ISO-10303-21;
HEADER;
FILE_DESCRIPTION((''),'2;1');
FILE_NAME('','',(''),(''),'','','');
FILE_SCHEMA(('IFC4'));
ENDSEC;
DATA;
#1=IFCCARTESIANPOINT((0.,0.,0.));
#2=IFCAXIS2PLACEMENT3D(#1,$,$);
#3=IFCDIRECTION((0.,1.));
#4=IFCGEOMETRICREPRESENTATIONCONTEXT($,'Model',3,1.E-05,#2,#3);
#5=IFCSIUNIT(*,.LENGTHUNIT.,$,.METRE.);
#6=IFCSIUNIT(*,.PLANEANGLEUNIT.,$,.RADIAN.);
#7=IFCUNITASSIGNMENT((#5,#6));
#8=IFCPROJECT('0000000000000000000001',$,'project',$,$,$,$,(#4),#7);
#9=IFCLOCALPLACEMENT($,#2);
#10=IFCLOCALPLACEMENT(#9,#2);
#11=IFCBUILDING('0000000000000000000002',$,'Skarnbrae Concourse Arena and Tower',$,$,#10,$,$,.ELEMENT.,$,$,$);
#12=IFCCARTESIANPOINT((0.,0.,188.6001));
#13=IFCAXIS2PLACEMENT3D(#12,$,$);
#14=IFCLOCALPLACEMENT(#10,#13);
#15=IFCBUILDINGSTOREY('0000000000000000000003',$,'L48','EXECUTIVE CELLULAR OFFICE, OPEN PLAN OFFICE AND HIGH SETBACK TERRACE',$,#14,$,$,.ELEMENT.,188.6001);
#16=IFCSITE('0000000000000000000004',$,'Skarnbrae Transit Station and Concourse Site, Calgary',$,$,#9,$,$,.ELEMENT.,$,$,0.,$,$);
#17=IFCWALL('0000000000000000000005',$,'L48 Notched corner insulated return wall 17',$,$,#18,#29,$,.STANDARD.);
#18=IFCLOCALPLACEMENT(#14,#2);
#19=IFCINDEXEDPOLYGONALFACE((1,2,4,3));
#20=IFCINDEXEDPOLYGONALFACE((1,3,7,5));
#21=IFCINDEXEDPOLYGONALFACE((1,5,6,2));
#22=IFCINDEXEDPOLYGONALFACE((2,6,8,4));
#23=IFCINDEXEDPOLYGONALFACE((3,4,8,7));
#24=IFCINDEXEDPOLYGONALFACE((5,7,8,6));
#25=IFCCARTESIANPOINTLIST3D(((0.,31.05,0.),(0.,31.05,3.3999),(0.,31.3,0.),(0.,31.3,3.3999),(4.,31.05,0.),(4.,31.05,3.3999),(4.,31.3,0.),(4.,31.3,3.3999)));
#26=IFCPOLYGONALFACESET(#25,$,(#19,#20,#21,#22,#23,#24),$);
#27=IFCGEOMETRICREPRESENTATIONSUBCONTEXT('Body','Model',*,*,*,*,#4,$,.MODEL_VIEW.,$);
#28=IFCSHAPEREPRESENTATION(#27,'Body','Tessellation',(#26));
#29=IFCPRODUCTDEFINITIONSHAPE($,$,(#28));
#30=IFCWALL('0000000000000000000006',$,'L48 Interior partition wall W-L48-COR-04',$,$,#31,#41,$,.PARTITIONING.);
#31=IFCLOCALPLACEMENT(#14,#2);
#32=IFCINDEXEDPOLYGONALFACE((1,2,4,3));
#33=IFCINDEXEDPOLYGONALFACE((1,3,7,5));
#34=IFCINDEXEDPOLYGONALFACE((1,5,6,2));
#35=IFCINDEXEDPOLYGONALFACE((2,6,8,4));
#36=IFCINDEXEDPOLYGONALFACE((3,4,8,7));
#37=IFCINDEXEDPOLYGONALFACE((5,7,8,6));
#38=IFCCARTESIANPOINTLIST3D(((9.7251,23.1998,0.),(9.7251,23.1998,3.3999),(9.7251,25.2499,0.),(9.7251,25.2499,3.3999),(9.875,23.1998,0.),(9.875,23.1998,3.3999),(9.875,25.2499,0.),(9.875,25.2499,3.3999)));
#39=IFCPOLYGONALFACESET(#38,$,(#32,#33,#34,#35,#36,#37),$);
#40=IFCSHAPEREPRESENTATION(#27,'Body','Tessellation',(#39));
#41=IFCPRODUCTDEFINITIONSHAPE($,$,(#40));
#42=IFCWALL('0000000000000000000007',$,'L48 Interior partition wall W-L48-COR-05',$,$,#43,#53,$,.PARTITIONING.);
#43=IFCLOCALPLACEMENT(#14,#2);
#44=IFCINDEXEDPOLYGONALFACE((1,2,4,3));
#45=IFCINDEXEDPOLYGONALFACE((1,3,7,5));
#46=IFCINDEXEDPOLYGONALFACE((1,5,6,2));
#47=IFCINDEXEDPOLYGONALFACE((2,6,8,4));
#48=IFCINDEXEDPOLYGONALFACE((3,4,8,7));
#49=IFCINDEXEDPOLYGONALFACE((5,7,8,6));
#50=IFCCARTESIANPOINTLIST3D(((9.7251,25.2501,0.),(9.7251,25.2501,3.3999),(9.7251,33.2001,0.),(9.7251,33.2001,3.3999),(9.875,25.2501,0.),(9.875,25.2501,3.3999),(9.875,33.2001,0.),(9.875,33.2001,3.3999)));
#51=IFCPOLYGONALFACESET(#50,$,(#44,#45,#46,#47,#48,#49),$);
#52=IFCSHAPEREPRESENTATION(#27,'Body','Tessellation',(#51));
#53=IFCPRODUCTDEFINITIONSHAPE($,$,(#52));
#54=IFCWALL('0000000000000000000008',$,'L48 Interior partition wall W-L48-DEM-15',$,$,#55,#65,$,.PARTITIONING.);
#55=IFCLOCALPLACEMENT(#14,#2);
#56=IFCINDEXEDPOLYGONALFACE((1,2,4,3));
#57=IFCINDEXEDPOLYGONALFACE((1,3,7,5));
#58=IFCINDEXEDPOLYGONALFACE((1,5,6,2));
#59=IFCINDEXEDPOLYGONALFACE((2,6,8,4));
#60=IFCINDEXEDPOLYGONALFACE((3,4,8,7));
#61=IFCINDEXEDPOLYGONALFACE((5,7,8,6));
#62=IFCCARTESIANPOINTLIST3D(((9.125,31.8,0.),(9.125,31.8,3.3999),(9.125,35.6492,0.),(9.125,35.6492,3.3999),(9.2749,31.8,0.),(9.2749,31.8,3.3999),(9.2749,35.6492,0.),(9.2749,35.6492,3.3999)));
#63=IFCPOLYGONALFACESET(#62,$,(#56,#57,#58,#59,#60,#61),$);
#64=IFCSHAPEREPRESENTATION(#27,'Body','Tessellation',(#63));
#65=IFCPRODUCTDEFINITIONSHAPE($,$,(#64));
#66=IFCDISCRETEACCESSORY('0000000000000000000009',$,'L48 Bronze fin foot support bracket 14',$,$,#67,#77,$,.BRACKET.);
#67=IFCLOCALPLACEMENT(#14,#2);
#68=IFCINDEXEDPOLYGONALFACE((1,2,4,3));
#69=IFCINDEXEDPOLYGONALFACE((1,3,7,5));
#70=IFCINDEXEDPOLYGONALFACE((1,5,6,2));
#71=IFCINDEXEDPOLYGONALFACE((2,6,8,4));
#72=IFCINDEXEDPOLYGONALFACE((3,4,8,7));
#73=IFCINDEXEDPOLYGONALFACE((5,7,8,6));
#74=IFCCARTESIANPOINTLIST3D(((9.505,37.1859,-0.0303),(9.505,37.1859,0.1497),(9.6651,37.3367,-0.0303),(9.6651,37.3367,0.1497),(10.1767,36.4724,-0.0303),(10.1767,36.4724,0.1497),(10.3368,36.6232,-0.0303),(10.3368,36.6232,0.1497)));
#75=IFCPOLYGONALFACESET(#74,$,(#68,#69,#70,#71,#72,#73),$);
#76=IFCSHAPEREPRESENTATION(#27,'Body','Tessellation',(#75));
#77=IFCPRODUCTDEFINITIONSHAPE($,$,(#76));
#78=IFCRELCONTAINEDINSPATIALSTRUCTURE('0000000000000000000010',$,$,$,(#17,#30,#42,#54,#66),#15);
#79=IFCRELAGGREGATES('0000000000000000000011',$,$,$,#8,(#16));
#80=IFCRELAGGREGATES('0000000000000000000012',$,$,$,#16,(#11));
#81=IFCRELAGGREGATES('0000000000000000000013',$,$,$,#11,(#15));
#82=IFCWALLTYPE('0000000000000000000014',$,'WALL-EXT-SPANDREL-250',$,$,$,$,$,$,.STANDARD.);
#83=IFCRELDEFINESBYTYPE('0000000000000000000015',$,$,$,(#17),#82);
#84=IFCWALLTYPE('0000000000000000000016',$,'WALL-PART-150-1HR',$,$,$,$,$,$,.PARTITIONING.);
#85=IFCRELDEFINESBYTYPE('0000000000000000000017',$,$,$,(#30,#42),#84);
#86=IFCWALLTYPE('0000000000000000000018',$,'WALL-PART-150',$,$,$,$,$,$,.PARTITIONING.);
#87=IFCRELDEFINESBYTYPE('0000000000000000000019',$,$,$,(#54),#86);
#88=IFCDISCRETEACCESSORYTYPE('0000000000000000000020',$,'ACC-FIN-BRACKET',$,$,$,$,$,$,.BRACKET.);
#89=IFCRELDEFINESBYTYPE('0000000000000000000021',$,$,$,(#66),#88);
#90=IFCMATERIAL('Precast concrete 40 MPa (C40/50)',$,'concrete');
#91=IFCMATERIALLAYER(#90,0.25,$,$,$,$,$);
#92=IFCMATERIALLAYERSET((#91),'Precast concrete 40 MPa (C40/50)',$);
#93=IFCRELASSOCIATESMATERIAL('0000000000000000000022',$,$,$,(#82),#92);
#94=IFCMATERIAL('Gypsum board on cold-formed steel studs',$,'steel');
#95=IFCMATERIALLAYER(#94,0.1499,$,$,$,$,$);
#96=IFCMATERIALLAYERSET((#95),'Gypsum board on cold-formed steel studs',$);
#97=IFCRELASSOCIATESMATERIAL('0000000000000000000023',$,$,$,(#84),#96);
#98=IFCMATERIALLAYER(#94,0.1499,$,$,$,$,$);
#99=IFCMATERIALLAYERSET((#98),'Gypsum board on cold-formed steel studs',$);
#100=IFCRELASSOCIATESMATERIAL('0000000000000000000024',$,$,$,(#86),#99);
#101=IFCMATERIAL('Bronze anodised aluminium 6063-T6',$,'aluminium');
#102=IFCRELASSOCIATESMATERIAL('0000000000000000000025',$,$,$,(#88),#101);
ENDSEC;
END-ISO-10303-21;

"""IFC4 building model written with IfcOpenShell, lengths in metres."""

from ifc_helpers import new_model, si_unit, direction, frame, frame_2d, origin, origin_2d, place, context, subcontext, project, spatial, rectangle, extrude, source, transform, mapped, material, layer, layer_set, type_object, element, save


model = new_model("IFC4")

# Units and contexts
model_context = context("Model", 3, precision=1e-05, world=origin(), true_north=direction((0.0, 1.0)))
body_context = subcontext(model_context, "Body", "Model", "MODEL_VIEW")
ifc_project = project(units=[si_unit("LENGTHUNIT", "METRE"), si_unit("PLANEANGLEUNIT", "RADIAN")], contexts=[model_context])

# Site, building, storey
site_placement = place(None, origin())
site = spatial("IfcSite", under=ifc_project, at=site_placement, Name="Skarnbrae Transit Station and Concourse Site, Calgary", CompositionType="ELEMENT", RefElevation=0.0)
building_placement = place(site_placement, origin())
building = spatial("IfcBuilding", under=site, at=building_placement, Name="Skarnbrae Concourse Arena and Tower", CompositionType="ELEMENT")
storey_placement = place(building_placement, frame((0.0, 0.0, 188.6001)))
storey = spatial("IfcBuildingStorey", under=building, at=storey_placement, Name="L48", Description="EXECUTIVE CELLULAR OFFICE, OPEN PLAN OFFICE AND HIGH SETBACK TERRACE", CompositionType="ELEMENT", Elevation=188.6001)

# Shared definitions
ifc_material_1 = material(Name="Bronze anodised aluminium 6063-T6", Category="aluminium")

# Walls
ifc_material_2 = material(Name="Precast concrete 40 MPa (C40/50)", Category="concrete")
ifc_layer_1 = layer(ifc_material_2, 0.25)
ifc_layer_set_1 = layer_set([ifc_layer_1], Name="Precast concrete 40 MPa (C40/50)")
wall_type_1 = type_object("IfcWallType", Name="WALL-EXT-SPANDREL-250", PredefinedType="STANDARD", material=ifc_layer_set_1)
shared_shape_1 = source(origin(), body_context, "Body", "SweptSolid", [
    extrude(rectangle(XDim=4.0, YDim=0.25, at=frame_2d((2.0, 0.0))), origin(), (0.0, 0.0, 1.0), 3.3999),
])
for number, where, z_axis, x_axis, name in (
    (1, (4.0, 31.175, 0.0), (0.0, 0.0, 1.0), (-1.0, 0.0, 0.0), "L48 Notched corner insulated return wall 17"),
):
    element("IfcWall", number, at=place(storey_placement, frame(where, z_axis=z_axis, x_axis=x_axis)), inside=storey, type_object=wall_type_1, Name=name, PredefinedType="STANDARD", context=body_context, shape_type="MappedRepresentation", body=[
        mapped(shared_shape_1, transform((0.0, 0.0, 0.0))),
    ])
ifc_material_3 = material(Name="Gypsum board on cold-formed steel studs", Category="steel")
ifc_layer_2 = layer(ifc_material_3, 0.1499)
ifc_layer_set_2 = layer_set([ifc_layer_2], Name="Gypsum board on cold-formed steel studs")
wall_type_2 = type_object("IfcWallType", Name="WALL-PART-150-1HR", PredefinedType="PARTITIONING", material=ifc_layer_set_2)
shared_shape_2 = source(origin(), body_context, "Body", "SweptSolid", [
    extrude(rectangle(XDim=2.05, YDim=0.1499, at=frame_2d((1.0249, 0.0))), origin(), (0.0, 0.0, 1.0), 3.3999),
])
wall_1_placement = place(storey_placement, frame((9.8, 23.2, 0.0), z_axis=(0.0, 0.0, 1.0), x_axis=(0.0, 1.0, 0.0)))
element("IfcWall", 2, at=wall_1_placement, inside=storey, type_object=wall_type_2, Name="L48 Interior partition wall W-L48-COR-04", PredefinedType="PARTITIONING", context=body_context, shape_type="MappedRepresentation", body=[
    mapped(shared_shape_2, transform((0.0, 0.0, 0.0))),
])

# Walls
shared_shape_3 = source(origin(), body_context, "Body", "SweptSolid", [
    extrude(rectangle(XDim=7.95, YDim=0.1499, at=frame_2d((3.9751, 0.0))), origin(), (0.0, 0.0, 1.0), 3.3999),
])
wall_2_placement = place(storey_placement, frame((9.8, 25.25, 0.0), z_axis=(0.0, 0.0, 1.0), x_axis=(0.0, 1.0, 0.0)))
element("IfcWall", 3, at=wall_2_placement, inside=storey, type_object=wall_type_2, Name="L48 Interior partition wall W-L48-COR-05", PredefinedType="PARTITIONING", context=body_context, shape_type="MappedRepresentation", body=[
    mapped(shared_shape_3, transform((0.0, 0.0, 0.0))),
])
ifc_layer_3 = layer(ifc_material_3, 0.1499)
ifc_layer_set_3 = layer_set([ifc_layer_3], Name="Gypsum board on cold-formed steel studs")
wall_type_3 = type_object("IfcWallType", Name="WALL-PART-150", PredefinedType="PARTITIONING", material=ifc_layer_set_3)
shared_shape_4 = source(origin(), body_context, "Body", "SweptSolid", [
    extrude(rectangle(XDim=3.8491, YDim=0.1499, at=frame_2d((1.9246, 0.0))), origin(), (0.0, 0.0, 1.0), 3.3999),
])
wall_3_placement = place(storey_placement, frame((9.2, 35.6492, 0.0), z_axis=(0.0, 0.0, 1.0), x_axis=(0.0, -1.0, 0.0)))
element("IfcWall", 4, at=wall_3_placement, inside=storey, type_object=wall_type_3, Name="L48 Interior partition wall W-L48-DEM-15", PredefinedType="PARTITIONING", context=body_context, shape_type="MappedRepresentation", body=[
    mapped(shared_shape_4, transform((0.0, 0.0, 0.0))),
])

# Discrete accessory
discrete_accessory_type = type_object("IfcDiscreteAccessoryType", Name="ACC-FIN-BRACKET", PredefinedType="BRACKET", material=ifc_material_1)
shared_shape_5 = source(origin(), body_context, "Body", "SweptSolid", [
    extrude(rectangle(XDim=0.22, YDim=0.98, at=origin_2d()), origin(), (0.0, 0.0, 1.0), 0.1799),
])
discrete_accessory_placement = place(storey_placement, frame((9.9209, 36.9045, -0.0303), z_axis=(0.0, 0.0, 1.0), x_axis=(0.728132, 0.685437, 0.0)))
element("IfcDiscreteAccessory", 5, at=discrete_accessory_placement, inside=storey, type_object=discrete_accessory_type, Name="L48 Bronze fin foot support bracket 14", PredefinedType="BRACKET", context=body_context, shape_type="MappedRepresentation", body=[
    mapped(shared_shape_5, transform((0.0, 0.0, 0.0))),
])

save(model, "model.ifc")
